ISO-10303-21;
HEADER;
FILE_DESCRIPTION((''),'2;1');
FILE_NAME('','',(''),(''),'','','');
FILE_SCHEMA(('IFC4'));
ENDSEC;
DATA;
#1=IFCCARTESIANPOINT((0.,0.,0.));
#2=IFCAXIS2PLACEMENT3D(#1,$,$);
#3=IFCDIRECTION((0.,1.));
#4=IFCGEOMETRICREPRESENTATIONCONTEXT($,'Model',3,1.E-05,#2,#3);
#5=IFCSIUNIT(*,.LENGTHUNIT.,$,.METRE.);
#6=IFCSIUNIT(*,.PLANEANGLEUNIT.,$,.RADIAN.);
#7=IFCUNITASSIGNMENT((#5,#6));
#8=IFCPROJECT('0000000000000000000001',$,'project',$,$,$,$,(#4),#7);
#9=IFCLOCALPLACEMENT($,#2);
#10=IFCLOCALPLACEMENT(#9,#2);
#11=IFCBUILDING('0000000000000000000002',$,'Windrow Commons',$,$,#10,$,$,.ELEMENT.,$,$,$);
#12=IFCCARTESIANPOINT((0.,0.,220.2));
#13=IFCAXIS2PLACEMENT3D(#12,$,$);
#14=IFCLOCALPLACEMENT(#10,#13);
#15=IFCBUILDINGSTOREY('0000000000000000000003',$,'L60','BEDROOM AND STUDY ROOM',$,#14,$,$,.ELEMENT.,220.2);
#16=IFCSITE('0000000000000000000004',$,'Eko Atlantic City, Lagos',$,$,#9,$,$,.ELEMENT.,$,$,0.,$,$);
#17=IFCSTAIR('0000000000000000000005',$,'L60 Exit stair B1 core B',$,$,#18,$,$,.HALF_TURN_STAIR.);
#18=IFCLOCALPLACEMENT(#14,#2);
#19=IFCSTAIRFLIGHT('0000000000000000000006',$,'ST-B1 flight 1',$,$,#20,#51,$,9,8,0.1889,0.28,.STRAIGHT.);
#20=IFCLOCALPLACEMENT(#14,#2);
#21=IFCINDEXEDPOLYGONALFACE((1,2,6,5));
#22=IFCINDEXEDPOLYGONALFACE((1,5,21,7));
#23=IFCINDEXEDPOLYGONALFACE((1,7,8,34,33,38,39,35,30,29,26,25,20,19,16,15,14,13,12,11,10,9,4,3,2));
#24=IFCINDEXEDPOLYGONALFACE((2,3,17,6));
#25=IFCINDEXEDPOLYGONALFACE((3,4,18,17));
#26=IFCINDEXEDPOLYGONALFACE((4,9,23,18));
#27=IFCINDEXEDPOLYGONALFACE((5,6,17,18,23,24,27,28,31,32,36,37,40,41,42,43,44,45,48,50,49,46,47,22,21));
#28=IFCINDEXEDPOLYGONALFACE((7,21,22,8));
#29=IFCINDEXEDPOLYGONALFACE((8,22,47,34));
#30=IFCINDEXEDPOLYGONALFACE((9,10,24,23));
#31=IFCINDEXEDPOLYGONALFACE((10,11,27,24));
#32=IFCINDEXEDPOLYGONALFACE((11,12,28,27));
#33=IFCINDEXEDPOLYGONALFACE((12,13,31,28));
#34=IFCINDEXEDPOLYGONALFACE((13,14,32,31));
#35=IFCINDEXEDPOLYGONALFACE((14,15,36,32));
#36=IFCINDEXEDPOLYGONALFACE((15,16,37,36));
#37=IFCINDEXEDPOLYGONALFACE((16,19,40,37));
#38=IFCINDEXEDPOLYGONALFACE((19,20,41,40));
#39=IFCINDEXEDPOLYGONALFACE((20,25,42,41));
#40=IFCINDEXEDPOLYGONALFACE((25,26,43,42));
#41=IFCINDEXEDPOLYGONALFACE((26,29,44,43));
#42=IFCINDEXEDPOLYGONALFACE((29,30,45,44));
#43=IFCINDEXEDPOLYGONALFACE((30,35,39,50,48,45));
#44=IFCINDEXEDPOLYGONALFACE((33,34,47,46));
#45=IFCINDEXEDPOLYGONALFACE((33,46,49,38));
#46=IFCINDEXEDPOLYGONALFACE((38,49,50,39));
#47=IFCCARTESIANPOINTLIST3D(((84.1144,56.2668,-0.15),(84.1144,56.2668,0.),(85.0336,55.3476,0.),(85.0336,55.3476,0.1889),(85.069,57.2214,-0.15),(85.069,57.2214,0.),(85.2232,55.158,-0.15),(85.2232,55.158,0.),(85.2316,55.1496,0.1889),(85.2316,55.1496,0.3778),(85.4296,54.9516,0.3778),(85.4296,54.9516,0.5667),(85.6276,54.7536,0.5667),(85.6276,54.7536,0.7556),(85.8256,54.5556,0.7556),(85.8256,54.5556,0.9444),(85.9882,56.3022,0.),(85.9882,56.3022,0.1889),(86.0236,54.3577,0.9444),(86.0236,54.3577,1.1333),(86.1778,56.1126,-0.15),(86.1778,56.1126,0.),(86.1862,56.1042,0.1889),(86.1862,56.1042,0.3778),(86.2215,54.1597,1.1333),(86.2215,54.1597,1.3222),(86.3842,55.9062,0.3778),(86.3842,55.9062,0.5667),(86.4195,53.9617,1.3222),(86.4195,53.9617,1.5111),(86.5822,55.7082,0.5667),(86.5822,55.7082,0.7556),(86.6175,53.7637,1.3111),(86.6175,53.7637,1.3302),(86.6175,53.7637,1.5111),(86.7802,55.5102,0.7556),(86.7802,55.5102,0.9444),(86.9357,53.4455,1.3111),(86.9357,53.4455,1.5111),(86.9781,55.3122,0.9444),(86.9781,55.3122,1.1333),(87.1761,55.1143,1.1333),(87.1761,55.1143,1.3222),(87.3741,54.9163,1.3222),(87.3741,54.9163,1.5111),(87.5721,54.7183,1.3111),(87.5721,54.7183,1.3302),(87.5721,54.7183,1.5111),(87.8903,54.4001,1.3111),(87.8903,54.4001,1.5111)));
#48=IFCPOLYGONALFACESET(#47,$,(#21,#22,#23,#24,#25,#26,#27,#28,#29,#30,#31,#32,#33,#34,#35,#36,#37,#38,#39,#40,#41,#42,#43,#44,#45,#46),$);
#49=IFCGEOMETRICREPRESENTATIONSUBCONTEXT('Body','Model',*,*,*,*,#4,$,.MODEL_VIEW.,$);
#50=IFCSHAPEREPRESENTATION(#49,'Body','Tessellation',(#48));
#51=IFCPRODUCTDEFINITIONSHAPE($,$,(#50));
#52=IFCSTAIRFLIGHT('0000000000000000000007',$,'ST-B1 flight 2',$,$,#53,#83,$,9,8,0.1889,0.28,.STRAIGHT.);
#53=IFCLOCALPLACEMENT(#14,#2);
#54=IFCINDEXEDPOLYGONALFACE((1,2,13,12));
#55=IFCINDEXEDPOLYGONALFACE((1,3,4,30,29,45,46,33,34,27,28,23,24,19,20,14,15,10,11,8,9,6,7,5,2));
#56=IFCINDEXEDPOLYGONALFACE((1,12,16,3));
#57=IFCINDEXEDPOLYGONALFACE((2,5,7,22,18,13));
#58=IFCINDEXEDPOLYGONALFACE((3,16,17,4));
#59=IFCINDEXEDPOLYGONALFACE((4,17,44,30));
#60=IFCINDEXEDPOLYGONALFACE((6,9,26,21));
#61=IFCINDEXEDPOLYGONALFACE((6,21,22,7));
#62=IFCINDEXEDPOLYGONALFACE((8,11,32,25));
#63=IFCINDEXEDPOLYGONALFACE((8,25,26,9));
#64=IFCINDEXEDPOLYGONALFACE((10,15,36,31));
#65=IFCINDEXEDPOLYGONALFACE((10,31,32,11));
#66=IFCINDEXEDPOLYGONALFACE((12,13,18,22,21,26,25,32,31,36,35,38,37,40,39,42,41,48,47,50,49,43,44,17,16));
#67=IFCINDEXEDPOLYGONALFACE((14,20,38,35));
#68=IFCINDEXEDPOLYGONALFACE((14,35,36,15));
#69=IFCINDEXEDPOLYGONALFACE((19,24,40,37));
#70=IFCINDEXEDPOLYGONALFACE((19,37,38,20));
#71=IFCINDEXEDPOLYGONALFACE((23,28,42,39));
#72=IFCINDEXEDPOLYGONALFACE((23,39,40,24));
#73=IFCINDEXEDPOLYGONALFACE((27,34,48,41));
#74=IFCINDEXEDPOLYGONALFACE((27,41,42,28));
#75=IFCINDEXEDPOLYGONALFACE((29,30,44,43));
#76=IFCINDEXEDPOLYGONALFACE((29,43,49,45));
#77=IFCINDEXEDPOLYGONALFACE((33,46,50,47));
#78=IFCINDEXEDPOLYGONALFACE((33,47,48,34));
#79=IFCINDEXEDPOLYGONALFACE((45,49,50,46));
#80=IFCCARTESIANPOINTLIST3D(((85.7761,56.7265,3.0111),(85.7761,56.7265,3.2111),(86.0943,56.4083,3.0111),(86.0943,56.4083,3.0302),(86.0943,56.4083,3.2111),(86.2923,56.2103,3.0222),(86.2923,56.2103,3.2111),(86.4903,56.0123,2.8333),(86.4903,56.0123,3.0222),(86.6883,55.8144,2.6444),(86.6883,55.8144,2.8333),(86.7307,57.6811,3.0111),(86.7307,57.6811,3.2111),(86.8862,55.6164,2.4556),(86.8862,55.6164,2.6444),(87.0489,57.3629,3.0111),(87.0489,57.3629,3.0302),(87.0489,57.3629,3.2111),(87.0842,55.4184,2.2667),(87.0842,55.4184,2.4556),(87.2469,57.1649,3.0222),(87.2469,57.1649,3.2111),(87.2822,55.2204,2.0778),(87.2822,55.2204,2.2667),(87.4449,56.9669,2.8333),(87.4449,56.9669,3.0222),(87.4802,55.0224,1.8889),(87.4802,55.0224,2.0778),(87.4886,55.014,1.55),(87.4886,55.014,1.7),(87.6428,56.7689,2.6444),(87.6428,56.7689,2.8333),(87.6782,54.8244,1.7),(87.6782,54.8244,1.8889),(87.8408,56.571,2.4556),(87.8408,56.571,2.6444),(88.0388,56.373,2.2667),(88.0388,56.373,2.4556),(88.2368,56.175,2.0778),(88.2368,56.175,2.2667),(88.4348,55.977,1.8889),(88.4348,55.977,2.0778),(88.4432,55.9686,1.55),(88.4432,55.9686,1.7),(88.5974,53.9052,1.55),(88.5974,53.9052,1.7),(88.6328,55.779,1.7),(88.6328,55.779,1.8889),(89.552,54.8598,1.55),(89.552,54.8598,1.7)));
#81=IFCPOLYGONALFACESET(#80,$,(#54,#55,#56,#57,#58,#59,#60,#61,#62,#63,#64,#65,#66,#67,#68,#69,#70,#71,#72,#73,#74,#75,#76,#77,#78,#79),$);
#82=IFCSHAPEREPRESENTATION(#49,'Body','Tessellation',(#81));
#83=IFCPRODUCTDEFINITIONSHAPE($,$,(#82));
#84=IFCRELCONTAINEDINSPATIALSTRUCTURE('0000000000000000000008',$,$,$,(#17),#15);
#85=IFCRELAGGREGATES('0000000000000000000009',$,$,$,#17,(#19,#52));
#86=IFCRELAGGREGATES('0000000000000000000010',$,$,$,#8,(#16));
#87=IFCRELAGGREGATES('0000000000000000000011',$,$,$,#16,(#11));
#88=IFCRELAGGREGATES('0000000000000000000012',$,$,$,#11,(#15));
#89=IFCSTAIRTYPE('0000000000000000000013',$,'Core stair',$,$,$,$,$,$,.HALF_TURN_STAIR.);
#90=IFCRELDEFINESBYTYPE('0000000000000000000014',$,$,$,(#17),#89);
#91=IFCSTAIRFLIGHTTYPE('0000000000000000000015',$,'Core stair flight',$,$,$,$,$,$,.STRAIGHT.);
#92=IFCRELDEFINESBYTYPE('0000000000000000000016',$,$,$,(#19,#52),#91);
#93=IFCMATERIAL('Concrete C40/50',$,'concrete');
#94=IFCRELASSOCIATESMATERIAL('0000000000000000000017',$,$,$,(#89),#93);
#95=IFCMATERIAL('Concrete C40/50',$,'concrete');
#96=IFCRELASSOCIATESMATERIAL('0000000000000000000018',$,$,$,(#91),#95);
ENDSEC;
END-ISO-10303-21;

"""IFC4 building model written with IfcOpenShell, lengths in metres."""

from ifc_helpers import new_model, si_unit, direction, frame, origin, place, context, subcontext, project, spatial, polyline, outline, extrude, material, type_object, element, aggregate, save


model = new_model("IFC4")

# Units and contexts
model_context = context("Model", 3, precision=1e-05, world=origin(), true_north=direction((0.0, 1.0)))
body_context = subcontext(model_context, "Body", "Model", "MODEL_VIEW")
ifc_project = project(units=[si_unit("LENGTHUNIT", "METRE"), si_unit("PLANEANGLEUNIT", "RADIAN")], contexts=[model_context])

# Site, building, storey
site_placement = place(None, origin())
site = spatial("IfcSite", under=ifc_project, at=site_placement, Name="Eko Atlantic City, Lagos", CompositionType="ELEMENT", RefElevation=0.0)
building_placement = place(site_placement, origin())
building = spatial("IfcBuilding", under=site, at=building_placement, Name="Windrow Commons", CompositionType="ELEMENT")
storey_placement = place(building_placement, frame((0.0, 0.0, 220.2)))
storey = spatial("IfcBuildingStorey", under=building, at=storey_placement, Name="L60", Description="BEDROOM AND STUDY ROOM", CompositionType="ELEMENT", Elevation=220.2)

# Stair, stair flights
ifc_material_1 = material(Name="Concrete C40/50", Category="concrete")
stair_type = type_object("IfcStairType", Name="Core stair", PredefinedType="HALF_TURN_STAIR", material=ifc_material_1)
stair_placement = place(storey_placement, origin())
stair = element("IfcStair", 1, at=stair_placement, inside=storey, type_object=stair_type, Name="L60 Exit stair B1 core B", PredefinedType="HALF_TURN_STAIR")
ifc_material_2 = material(Name="Concrete C40/50", Category="concrete")
stair_flight_type = type_object("IfcStairFlightType", Name="Core stair flight", PredefinedType="STRAIGHT", material=ifc_material_2)
stair_flight_1_placement = place(storey_placement, frame((85.5109, 55.8249, 0.0), z_axis=(0.0, 0.0, 1.0), x_axis=(0.707107, -0.707107, 0.0)))
stair_flight_1 = element("IfcStairFlight", 2, at=stair_flight_1_placement, type_object=stair_flight_type, Name="ST-B1 flight 1", NumberOfRisers=9, NumberOfTreads=8, PredefinedType="STRAIGHT", RiserHeight=0.1889, TreadLength=0.28, context=body_context, shape_type="SweptSolid", body=[
    extrude(outline(polyline([(-1.3, -0.15), (-1.3, 0.0), (0.0, 0.0), (0.0, 0.1889), (0.28, 0.1889), (0.28, 0.3778), (0.56, 0.3778), (0.56, 0.5667), (0.84, 0.5667), (0.84, 0.7556), (1.12, 0.7556), (1.12, 0.9444), (1.4, 0.9444), (1.4, 1.1333), (1.68, 1.1333), (1.68, 1.3222), (1.96, 1.3222), (1.96, 1.5111), (2.24, 1.5111), (2.69, 1.5111), (2.69, 1.3111), (2.24, 1.3111), (2.24, 1.3302), (0.2682, 0.0), (0.2682, -0.15), (-1.3, -0.15)])), frame((0.0, 0.675, 0.0), z_axis=(0.0, -1.0, 0.0), x_axis=(1.0, 0.0, 0.0)), (0.0, 0.0, 1.0), 1.35),
])
stair_flight_2_placement = place(storey_placement, frame((88.1555, 55.3017, 1.7), z_axis=(0.0, 0.0, 1.0), x_axis=(-0.707107, 0.707107, 0.0)))
stair_flight_2 = element("IfcStairFlight", 3, at=stair_flight_2_placement, type_object=stair_flight_type, Name="ST-B1 flight 2", NumberOfRisers=9, NumberOfTreads=8, PredefinedType="STRAIGHT", RiserHeight=0.1889, TreadLength=0.28, context=body_context, shape_type="SweptSolid", body=[
    extrude(outline(polyline([(-1.3, -0.15), (-1.3, 0.0), (0.0, 0.0), (0.0, 0.1889), (0.28, 0.1889), (0.28, 0.3778), (0.56, 0.3778), (0.56, 0.5667), (0.84, 0.5667), (0.84, 0.7556), (1.12, 0.7556), (1.12, 0.9444), (1.4, 0.9444), (1.4, 1.1333), (1.68, 1.1333), (1.68, 1.3222), (1.96, 1.3222), (1.96, 1.5111), (2.24, 1.5111), (2.69, 1.5111), (2.69, 1.3111), (2.24, 1.3111), (2.24, 1.3302), (0.2682, 0.0), (0.2682, -0.15), (-1.3, -0.15)])), frame((0.0, 0.675, 0.0), z_axis=(0.0, -1.0, 0.0), x_axis=(1.0, 0.0, 0.0)), (0.0, 0.0, 1.0), 1.35),
])
aggregate(stair, [stair_flight_1, stair_flight_2])

save(model, "model.ifc")
